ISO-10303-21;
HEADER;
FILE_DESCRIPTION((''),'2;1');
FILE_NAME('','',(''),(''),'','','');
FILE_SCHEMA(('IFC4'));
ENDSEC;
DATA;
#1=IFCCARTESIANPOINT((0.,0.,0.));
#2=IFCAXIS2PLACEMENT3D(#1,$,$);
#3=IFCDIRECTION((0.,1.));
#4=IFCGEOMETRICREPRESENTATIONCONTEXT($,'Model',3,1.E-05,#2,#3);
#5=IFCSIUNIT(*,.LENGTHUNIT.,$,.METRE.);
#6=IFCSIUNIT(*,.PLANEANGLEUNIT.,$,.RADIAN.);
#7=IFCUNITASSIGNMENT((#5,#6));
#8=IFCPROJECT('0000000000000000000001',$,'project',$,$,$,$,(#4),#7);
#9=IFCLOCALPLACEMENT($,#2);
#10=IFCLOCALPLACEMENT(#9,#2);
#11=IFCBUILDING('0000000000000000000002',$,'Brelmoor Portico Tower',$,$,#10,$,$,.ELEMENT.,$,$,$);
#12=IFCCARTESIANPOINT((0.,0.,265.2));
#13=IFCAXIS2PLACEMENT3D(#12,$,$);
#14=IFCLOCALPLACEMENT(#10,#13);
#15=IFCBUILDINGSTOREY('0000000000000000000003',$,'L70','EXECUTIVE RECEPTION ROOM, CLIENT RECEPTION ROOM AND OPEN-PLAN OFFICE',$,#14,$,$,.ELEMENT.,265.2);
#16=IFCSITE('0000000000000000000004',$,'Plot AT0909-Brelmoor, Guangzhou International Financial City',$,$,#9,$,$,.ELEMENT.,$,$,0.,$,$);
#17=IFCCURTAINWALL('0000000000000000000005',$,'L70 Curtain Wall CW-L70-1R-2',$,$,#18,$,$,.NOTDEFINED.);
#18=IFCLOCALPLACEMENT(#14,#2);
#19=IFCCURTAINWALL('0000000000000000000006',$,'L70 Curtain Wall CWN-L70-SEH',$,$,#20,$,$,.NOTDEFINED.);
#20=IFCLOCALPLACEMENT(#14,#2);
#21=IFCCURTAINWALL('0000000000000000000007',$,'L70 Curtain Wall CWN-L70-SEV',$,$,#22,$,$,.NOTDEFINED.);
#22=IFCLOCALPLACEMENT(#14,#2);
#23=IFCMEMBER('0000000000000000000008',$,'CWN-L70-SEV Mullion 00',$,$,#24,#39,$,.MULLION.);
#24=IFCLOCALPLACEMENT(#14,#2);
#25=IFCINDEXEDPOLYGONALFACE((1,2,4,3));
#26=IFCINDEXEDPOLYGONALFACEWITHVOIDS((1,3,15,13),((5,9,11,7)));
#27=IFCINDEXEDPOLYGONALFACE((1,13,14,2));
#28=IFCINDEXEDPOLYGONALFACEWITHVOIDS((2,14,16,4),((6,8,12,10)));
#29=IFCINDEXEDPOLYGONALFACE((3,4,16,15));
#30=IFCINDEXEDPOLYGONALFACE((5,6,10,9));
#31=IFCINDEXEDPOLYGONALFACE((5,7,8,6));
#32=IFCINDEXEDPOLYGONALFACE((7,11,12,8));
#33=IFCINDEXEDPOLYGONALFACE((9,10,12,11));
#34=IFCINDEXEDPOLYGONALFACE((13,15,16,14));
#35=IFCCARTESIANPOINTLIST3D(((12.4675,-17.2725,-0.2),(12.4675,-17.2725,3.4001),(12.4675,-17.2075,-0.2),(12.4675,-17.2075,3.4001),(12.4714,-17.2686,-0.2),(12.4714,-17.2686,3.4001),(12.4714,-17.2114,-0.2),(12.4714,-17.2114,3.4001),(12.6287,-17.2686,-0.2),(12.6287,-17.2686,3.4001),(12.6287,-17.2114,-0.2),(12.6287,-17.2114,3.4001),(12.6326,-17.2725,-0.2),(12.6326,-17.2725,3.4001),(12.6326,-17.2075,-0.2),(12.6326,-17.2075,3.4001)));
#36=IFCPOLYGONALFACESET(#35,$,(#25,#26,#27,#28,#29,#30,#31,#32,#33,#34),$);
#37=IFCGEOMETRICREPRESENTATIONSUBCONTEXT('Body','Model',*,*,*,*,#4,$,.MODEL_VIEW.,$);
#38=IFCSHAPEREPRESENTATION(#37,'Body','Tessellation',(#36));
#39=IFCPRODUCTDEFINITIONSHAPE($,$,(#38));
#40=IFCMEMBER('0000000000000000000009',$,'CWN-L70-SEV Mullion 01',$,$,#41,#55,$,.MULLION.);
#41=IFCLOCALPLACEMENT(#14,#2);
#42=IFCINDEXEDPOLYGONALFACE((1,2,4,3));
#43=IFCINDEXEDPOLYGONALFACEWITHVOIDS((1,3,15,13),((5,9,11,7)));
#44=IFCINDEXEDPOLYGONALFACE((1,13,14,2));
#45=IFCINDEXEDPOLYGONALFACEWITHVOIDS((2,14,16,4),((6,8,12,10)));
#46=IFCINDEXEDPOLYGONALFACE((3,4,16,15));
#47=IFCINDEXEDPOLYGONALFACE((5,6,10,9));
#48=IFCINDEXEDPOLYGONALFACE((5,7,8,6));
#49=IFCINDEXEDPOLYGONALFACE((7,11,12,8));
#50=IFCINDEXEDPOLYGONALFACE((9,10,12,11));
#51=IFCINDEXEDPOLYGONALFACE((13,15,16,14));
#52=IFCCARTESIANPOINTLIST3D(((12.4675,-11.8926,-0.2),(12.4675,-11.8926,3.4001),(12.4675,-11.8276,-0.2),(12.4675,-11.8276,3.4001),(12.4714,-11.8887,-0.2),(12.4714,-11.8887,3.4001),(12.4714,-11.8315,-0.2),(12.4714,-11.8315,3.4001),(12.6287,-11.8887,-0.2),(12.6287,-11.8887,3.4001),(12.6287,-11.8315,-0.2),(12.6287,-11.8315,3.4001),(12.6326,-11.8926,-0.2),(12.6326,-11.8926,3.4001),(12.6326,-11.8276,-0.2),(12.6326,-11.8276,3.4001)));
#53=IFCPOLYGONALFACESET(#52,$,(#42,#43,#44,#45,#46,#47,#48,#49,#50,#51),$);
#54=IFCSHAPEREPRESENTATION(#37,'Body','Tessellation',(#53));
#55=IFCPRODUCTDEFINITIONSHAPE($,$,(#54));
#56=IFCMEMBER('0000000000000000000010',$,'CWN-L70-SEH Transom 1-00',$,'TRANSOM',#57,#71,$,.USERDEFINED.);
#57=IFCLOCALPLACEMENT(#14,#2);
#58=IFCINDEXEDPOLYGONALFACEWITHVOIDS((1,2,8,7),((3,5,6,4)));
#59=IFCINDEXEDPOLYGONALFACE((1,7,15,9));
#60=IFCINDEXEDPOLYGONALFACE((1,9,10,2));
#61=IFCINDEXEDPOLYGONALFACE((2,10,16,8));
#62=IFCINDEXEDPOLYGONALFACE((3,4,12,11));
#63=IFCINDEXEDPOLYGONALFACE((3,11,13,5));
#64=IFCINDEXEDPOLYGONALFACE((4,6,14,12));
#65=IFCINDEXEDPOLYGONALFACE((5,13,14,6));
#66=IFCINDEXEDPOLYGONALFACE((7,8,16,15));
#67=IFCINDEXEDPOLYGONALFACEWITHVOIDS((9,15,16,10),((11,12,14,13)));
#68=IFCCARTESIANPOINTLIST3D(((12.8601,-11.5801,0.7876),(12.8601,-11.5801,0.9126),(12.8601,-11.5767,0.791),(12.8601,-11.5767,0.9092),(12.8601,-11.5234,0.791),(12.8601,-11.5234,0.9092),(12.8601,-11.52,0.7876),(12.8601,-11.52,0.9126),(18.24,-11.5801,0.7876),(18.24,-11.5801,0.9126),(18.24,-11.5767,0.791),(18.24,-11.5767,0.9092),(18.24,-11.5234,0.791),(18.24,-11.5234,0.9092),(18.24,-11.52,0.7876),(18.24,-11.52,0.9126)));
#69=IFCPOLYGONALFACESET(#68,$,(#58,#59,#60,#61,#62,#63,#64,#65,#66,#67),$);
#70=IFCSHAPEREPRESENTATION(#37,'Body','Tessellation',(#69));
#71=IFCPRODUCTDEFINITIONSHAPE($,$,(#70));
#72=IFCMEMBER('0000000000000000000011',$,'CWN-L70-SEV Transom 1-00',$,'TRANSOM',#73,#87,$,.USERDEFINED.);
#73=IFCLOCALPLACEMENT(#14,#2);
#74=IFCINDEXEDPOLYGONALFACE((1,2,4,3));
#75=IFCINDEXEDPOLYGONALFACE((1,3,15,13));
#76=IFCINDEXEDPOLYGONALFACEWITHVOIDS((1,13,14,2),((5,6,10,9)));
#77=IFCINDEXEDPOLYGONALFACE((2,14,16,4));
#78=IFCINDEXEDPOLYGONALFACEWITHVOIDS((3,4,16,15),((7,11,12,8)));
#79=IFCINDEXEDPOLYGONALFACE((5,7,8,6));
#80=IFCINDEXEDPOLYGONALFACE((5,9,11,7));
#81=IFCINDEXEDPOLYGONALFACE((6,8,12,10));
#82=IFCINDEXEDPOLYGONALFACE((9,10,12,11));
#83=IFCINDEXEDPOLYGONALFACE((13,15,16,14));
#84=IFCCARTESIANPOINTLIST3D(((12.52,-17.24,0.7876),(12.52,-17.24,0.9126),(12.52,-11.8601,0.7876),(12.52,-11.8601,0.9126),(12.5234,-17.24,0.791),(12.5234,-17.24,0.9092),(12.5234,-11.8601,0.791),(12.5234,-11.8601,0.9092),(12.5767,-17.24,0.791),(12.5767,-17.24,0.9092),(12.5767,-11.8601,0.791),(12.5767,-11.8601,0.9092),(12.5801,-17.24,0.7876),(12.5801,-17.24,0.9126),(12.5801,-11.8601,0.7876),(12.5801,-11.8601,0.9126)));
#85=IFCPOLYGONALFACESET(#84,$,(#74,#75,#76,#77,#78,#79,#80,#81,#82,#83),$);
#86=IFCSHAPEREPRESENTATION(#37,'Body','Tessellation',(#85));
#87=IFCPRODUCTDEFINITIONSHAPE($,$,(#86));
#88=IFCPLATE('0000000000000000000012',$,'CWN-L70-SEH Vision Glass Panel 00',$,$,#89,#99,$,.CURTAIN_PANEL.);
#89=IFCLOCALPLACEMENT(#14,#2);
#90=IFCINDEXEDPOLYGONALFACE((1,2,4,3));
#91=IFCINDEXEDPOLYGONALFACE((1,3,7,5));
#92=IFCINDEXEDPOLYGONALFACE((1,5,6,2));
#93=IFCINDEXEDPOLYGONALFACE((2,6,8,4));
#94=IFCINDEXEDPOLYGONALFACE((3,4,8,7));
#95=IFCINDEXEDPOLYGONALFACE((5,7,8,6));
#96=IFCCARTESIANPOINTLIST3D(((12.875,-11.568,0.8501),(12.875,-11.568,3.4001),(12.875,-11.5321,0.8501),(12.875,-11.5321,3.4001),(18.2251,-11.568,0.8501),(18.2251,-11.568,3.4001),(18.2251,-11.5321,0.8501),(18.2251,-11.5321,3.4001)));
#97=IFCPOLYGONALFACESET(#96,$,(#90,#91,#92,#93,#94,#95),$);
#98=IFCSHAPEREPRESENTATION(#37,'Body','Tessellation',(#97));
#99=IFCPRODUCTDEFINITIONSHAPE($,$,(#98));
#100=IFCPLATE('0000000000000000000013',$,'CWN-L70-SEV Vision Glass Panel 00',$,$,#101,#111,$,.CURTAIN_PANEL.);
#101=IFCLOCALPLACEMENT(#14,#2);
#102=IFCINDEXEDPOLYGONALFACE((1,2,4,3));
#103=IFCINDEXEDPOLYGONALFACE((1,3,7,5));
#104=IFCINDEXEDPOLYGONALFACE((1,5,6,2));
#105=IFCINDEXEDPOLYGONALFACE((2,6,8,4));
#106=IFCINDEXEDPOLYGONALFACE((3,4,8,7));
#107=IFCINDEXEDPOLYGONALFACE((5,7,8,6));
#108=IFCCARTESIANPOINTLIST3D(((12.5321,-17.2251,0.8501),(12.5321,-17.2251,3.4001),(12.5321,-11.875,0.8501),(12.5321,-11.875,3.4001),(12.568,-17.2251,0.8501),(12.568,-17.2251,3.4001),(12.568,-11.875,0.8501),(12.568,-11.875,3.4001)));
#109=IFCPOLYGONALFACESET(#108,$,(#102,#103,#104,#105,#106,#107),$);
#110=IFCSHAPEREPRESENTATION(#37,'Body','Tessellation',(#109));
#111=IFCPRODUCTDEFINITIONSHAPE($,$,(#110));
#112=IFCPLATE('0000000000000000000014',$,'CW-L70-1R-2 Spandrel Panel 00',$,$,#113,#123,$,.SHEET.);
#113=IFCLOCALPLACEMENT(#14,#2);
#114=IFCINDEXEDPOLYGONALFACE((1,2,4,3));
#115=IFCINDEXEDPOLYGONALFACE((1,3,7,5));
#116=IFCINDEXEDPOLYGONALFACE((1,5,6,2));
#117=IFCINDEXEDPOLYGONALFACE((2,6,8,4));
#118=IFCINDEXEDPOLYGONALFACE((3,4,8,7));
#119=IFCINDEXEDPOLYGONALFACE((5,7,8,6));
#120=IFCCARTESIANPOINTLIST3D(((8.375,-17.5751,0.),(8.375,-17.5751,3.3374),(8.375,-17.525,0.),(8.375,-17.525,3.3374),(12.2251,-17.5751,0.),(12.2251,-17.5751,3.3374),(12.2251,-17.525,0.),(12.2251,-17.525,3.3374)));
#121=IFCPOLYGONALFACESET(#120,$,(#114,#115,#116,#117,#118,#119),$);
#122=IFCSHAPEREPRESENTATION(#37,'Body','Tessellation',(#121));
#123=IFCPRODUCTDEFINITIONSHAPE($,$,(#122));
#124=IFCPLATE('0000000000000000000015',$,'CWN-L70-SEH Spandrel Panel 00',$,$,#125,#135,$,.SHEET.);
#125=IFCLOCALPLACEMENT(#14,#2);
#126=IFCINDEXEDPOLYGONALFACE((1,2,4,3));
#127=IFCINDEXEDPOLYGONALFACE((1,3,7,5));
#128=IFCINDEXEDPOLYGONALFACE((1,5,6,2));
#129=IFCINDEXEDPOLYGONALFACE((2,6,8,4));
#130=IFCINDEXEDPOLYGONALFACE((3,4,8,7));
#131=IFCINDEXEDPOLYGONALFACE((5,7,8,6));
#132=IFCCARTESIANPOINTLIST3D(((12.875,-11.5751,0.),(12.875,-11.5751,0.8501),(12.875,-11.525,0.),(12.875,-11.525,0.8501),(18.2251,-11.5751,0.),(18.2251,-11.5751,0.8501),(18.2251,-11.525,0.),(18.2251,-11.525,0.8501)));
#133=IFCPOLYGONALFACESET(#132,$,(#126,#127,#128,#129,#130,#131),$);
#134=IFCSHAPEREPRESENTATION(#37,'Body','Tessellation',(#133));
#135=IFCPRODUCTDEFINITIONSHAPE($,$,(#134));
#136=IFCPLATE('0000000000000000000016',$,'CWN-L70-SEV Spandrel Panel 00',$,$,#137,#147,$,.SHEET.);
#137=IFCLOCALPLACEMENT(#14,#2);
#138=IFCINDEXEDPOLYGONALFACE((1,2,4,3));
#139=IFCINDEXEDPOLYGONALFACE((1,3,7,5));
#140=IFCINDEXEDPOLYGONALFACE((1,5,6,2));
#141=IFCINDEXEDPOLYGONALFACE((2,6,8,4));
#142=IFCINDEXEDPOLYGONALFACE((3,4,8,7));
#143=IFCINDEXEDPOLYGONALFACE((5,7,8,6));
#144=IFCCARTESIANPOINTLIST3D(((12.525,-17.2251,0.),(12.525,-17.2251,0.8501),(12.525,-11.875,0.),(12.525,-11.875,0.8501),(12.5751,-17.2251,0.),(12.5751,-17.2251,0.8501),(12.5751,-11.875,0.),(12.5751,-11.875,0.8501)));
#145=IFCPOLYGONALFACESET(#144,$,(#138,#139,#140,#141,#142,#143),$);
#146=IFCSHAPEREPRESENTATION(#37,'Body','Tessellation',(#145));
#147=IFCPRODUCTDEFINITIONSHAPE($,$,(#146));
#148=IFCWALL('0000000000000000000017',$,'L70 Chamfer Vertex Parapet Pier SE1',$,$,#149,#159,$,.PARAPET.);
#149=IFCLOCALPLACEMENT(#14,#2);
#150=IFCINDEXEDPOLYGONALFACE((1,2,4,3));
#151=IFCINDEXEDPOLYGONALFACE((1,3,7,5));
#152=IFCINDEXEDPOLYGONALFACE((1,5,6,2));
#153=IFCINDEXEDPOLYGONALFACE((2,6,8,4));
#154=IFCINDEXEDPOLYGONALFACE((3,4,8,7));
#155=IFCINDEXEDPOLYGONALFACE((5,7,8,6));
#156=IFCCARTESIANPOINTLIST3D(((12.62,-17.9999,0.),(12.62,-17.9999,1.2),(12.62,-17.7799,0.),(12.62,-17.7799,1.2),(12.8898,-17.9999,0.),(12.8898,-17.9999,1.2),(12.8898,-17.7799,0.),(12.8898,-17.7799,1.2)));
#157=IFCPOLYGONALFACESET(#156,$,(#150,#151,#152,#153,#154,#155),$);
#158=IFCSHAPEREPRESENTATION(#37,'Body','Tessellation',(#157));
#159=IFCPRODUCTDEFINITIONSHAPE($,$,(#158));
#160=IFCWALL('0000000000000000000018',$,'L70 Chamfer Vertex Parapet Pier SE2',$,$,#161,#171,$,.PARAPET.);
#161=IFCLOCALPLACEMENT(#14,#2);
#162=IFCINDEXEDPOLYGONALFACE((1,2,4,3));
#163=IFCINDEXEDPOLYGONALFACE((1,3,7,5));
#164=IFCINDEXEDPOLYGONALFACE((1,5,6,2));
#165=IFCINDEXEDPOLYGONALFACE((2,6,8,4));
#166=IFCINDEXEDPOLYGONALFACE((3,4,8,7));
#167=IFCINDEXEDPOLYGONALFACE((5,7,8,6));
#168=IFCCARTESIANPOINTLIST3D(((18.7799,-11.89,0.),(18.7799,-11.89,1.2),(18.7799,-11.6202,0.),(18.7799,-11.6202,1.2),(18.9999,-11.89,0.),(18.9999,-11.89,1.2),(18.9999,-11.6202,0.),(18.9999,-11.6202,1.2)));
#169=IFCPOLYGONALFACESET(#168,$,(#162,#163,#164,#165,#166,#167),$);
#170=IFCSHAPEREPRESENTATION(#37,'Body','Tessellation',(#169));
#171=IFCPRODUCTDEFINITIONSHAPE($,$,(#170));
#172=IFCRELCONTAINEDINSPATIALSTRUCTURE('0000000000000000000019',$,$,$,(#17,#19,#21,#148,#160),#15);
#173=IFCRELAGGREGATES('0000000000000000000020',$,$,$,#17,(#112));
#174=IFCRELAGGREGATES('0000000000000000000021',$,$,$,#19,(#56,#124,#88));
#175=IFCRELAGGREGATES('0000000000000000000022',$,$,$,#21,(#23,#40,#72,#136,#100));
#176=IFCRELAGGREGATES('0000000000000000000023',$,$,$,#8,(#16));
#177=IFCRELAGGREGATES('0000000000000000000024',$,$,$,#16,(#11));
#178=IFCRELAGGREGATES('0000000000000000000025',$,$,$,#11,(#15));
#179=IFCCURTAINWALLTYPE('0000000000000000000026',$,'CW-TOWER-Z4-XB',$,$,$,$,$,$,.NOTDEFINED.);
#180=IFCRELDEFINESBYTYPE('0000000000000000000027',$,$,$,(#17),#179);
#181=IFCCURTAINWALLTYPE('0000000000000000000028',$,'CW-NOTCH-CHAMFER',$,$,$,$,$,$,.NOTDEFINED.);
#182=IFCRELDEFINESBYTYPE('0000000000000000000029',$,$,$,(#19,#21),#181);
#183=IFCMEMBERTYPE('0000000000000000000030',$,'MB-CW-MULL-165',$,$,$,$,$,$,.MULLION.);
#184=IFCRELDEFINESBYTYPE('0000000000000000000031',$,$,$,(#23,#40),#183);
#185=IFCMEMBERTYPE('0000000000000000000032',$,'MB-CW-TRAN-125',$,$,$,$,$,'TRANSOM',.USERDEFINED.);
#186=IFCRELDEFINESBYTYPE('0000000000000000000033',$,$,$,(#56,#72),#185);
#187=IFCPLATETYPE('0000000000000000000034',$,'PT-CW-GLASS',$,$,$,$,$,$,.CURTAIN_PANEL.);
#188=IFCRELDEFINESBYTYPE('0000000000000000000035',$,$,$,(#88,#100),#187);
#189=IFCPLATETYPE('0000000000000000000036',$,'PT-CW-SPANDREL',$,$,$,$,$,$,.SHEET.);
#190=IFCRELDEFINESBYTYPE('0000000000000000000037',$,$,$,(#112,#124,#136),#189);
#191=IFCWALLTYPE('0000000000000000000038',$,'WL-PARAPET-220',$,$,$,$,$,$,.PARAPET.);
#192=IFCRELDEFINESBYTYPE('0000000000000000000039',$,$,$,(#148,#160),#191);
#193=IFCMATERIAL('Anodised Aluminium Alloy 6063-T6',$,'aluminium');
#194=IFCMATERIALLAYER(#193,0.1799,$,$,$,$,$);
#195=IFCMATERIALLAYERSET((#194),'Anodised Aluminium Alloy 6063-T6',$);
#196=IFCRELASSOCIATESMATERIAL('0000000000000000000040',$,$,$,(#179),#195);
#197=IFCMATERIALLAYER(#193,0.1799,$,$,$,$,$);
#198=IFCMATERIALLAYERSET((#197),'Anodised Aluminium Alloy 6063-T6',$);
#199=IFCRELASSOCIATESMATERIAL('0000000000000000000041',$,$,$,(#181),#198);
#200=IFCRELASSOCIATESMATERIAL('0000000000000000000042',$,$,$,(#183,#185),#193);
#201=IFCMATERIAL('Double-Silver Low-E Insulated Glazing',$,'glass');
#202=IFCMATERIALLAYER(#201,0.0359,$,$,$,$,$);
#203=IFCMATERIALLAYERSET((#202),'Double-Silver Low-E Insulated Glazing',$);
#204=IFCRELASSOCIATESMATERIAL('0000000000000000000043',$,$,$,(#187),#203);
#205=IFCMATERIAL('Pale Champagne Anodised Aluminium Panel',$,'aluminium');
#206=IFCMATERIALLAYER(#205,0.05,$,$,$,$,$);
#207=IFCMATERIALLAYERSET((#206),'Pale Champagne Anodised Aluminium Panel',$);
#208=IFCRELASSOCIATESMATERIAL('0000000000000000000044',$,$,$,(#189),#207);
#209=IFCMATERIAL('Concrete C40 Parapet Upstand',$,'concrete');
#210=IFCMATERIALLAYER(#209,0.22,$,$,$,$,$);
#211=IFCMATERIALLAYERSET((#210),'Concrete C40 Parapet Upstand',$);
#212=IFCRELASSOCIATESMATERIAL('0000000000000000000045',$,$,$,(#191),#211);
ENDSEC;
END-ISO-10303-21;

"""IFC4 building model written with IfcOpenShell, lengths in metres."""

from ifc_helpers import new_model, si_unit, direction, frame, frame_2d, origin, origin_2d, place, context, subcontext, project, spatial, rectangle, hollow_rectangle, extrude, material, layer, layer_set, material_profile, profile_set, type_object, element, aggregate, save


model = new_model("IFC4")

# Units and contexts
model_context = context("Model", 3, precision=1e-05, world=origin(), true_north=direction((0.0, 1.0)))
body_context = subcontext(model_context, "Body", "Model", "MODEL_VIEW")
ifc_project = project(units=[si_unit("LENGTHUNIT", "METRE"), si_unit("PLANEANGLEUNIT", "RADIAN")], contexts=[model_context])

# Site, building, storey
site_placement = place(None, origin())
site = spatial("IfcSite", under=ifc_project, at=site_placement, Name="Plot AT0909-Brelmoor, Guangzhou International Financial City", CompositionType="ELEMENT", RefElevation=0.0)
building_placement = place(site_placement, origin())
building = spatial("IfcBuilding", under=site, at=building_placement, Name="Brelmoor Portico Tower", CompositionType="ELEMENT")
storey_placement = place(building_placement, frame((0.0, 0.0, 265.2)))
storey = spatial("IfcBuildingStorey", under=building, at=storey_placement, Name="L70", Description="EXECUTIVE RECEPTION ROOM, CLIENT RECEPTION ROOM AND OPEN-PLAN OFFICE", CompositionType="ELEMENT", Elevation=265.2)

# Curtain wall
ifc_material_1 = material(Name="Anodised Aluminium Alloy 6063-T6", Category="aluminium")
ifc_layer_1 = layer(ifc_material_1, 0.1799)
ifc_layer_set_1 = layer_set([ifc_layer_1], Name="Anodised Aluminium Alloy 6063-T6")
curtain_wall_type_1 = type_object("IfcCurtainWallType", Name="CW-TOWER-Z4-XB", PredefinedType="NOTDEFINED", material=ifc_layer_set_1)
curtain_wall_1_placement = place(storey_placement, origin())
curtain_wall_1 = element("IfcCurtainWall", 1, at=curtain_wall_1_placement, inside=storey, type_object=curtain_wall_type_1, Name="L70 Curtain Wall CW-L70-1R-2", PredefinedType="NOTDEFINED")

# Curtain walls, members
ifc_layer_2 = layer(ifc_material_1, 0.1799)
ifc_layer_set_2 = layer_set([ifc_layer_2], Name="Anodised Aluminium Alloy 6063-T6")
curtain_wall_type_2 = type_object("IfcCurtainWallType", Name="CW-NOTCH-CHAMFER", PredefinedType="NOTDEFINED", material=ifc_layer_set_2)
curtain_wall_2_placement = place(storey_placement, origin())
curtain_wall_2 = element("IfcCurtainWall", 2, at=curtain_wall_2_placement, inside=storey, type_object=curtain_wall_type_2, Name="L70 Curtain Wall CWN-L70-SEH", PredefinedType="NOTDEFINED")
ifc_material_profile_1 = material_profile(ifc_material_1, hollow_rectangle(XDim=0.0649, YDim=0.165, WallThickness=0.0039, at=origin_2d()), Name="ALU MULLION 65x165")
ifc_profile_set_1 = profile_set([ifc_material_profile_1], Name="Anodised Aluminium Alloy 6063-T6")
member_type_1 = type_object("IfcMemberType", Name="MB-CW-MULL-165", PredefinedType="MULLION", material=ifc_profile_set_1)
curtain_wall_3_placement = place(storey_placement, origin())
curtain_wall_3 = element("IfcCurtainWall", 3, at=curtain_wall_3_placement, inside=storey, type_object=curtain_wall_type_2, Name="L70 Curtain Wall CWN-L70-SEV", PredefinedType="NOTDEFINED")
member_1_placement = place(storey_placement, frame((12.55, -17.24, -0.2), z_axis=(0.0, 0.0, 1.0), x_axis=(0.0, 1.0, 0.0)))
member_1 = element("IfcMember", 4, at=member_1_placement, type_object=member_type_1, Name="CWN-L70-SEV Mullion 00", PredefinedType="MULLION", context=body_context, shape_type="SweptSolid", body=[
    extrude(hollow_rectangle(XDim=0.0649, YDim=0.165, WallThickness=0.0039, at=origin_2d()), origin(), (0.0, 0.0, 1.0), 3.6001),
])
member_2_placement = place(storey_placement, frame((12.55, -11.8601, -0.2), z_axis=(0.0, 0.0, 1.0), x_axis=(0.0, 1.0, 0.0)))
member_2 = element("IfcMember", 5, at=member_2_placement, type_object=member_type_1, Name="CWN-L70-SEV Mullion 01", PredefinedType="MULLION", context=body_context, shape_type="SweptSolid", body=[
    extrude(hollow_rectangle(XDim=0.0649, YDim=0.165, WallThickness=0.0039, at=origin_2d()), origin(), (0.0, 0.0, 1.0), 3.6001),
])

# Members
ifc_material_profile_2 = material_profile(ifc_material_1, hollow_rectangle(XDim=0.0601, YDim=0.125, WallThickness=0.0034, at=origin_2d()), Name="ALU TRANSOM 60x125")
ifc_profile_set_2 = profile_set([ifc_material_profile_2], Name="Anodised Aluminium Alloy 6063-T6")
member_type_2 = type_object("IfcMemberType", Name="MB-CW-TRAN-125", ElementType="TRANSOM", PredefinedType="USERDEFINED", material=ifc_profile_set_2)
member_3_placement = place(storey_placement, frame((12.8601, -11.55, 0.8501), z_axis=(1.0, 0.0, 0.0), x_axis=(0.0, 1.0, 0.0)))
member_3 = element("IfcMember", 6, at=member_3_placement, type_object=member_type_2, Name="CWN-L70-SEH Transom 1-00", ObjectType="TRANSOM", PredefinedType="USERDEFINED", context=body_context, shape_type="SweptSolid", body=[
    extrude(hollow_rectangle(XDim=0.0601, YDim=0.125, WallThickness=0.0034, at=origin_2d()), origin(), (0.0, 0.0, 1.0), 5.3799),
])
member_4_placement = place(storey_placement, frame((12.55, -17.24, 0.8501), z_axis=(0.0, 1.0, 0.0), x_axis=(-1.0, 0.0, 0.0)))
member_4 = element("IfcMember", 7, at=member_4_placement, type_object=member_type_2, Name="CWN-L70-SEV Transom 1-00", ObjectType="TRANSOM", PredefinedType="USERDEFINED", context=body_context, shape_type="SweptSolid", body=[
    extrude(hollow_rectangle(XDim=0.0601, YDim=0.125, WallThickness=0.0034, at=origin_2d()), origin(), (0.0, 0.0, 1.0), 5.3799),
])

# Plates
ifc_material_2 = material(Name="Double-Silver Low-E Insulated Glazing", Category="glass")
ifc_layer_3 = layer(ifc_material_2, 0.0359)
ifc_layer_set_3 = layer_set([ifc_layer_3], Name="Double-Silver Low-E Insulated Glazing")
plate_type_1 = type_object("IfcPlateType", Name="PT-CW-GLASS", PredefinedType="CURTAIN_PANEL", material=ifc_layer_set_3)
plate_1_placement = place(storey_placement, frame((15.55, -11.55, 0.8501), z_axis=(0.0, 0.0, 1.0), x_axis=(1.0, 0.0, 0.0)))
plate_1 = element("IfcPlate", 8, at=plate_1_placement, type_object=plate_type_1, Name="CWN-L70-SEH Vision Glass Panel 00", PredefinedType="CURTAIN_PANEL", context=body_context, shape_type="SweptSolid", body=[
    extrude(rectangle(XDim=5.3501, YDim=0.0359, at=origin_2d()), origin(), (0.0, 0.0, 1.0), 2.55),
])
plate_2_placement = place(storey_placement, frame((12.55, -14.55, 0.8501), z_axis=(0.0, 0.0, 1.0), x_axis=(0.0, 1.0, 0.0)))
plate_2 = element("IfcPlate", 9, at=plate_2_placement, type_object=plate_type_1, Name="CWN-L70-SEV Vision Glass Panel 00", PredefinedType="CURTAIN_PANEL", context=body_context, shape_type="SweptSolid", body=[
    extrude(rectangle(XDim=5.3501, YDim=0.0359, at=origin_2d()), origin(), (0.0, 0.0, 1.0), 2.55),
])
ifc_material_3 = material(Name="Pale Champagne Anodised Aluminium Panel", Category="aluminium")
ifc_layer_4 = layer(ifc_material_3, 0.05)
ifc_layer_set_4 = layer_set([ifc_layer_4], Name="Pale Champagne Anodised Aluminium Panel")
plate_type_2 = type_object("IfcPlateType", Name="PT-CW-SPANDREL", PredefinedType="SHEET", material=ifc_layer_set_4)
plate_3_placement = place(storey_placement, frame((10.3, -17.55, 0.0), z_axis=(0.0, 0.0, 1.0), x_axis=(1.0, 0.0, 0.0)))
plate_3 = element("IfcPlate", 10, at=plate_3_placement, type_object=plate_type_2, Name="CW-L70-1R-2 Spandrel Panel 00", PredefinedType="SHEET", context=body_context, shape_type="SweptSolid", body=[
    extrude(rectangle(XDim=3.8501, YDim=0.05, at=origin_2d()), origin(), (0.0, 0.0, 1.0), 3.3374),
])
aggregate(curtain_wall_1, [plate_3])
plate_4_placement = place(storey_placement, frame((15.55, -11.55, 0.0), z_axis=(0.0, 0.0, 1.0), x_axis=(1.0, 0.0, 0.0)))
plate_4 = element("IfcPlate", 11, at=plate_4_placement, type_object=plate_type_2, Name="CWN-L70-SEH Spandrel Panel 00", PredefinedType="SHEET", context=body_context, shape_type="SweptSolid", body=[
    extrude(rectangle(XDim=5.3501, YDim=0.05, at=origin_2d()), origin(), (0.0, 0.0, 1.0), 0.8501),
])
aggregate(curtain_wall_2, [member_3, plate_4, plate_1])
plate_5_placement = place(storey_placement, frame((12.55, -14.55, 0.0), z_axis=(0.0, 0.0, 1.0), x_axis=(0.0, 1.0, 0.0)))
plate_5 = element("IfcPlate", 12, at=plate_5_placement, type_object=plate_type_2, Name="CWN-L70-SEV Spandrel Panel 00", PredefinedType="SHEET", context=body_context, shape_type="SweptSolid", body=[
    extrude(rectangle(XDim=5.3501, YDim=0.05, at=origin_2d()), origin(), (0.0, 0.0, 1.0), 0.8501),
])
aggregate(curtain_wall_3, [member_1, member_2, member_4, plate_5, plate_2])

# Walls
ifc_material_4 = material(Name="Concrete C40 Parapet Upstand", Category="concrete")
ifc_layer_5 = layer(ifc_material_4, 0.22)
ifc_layer_set_5 = layer_set([ifc_layer_5], Name="Concrete C40 Parapet Upstand")
wall_type = type_object("IfcWallType", Name="WL-PARAPET-220", PredefinedType="PARAPET", material=ifc_layer_set_5)
for number, where, z_axis, x_axis, name in (
    (13, (12.6201, -17.8899, 0.0), (0.0, 0.0, 1.0), (1.0, 0.0, 0.0), "L70 Chamfer Vertex Parapet Pier SE1"),
    (14, (18.8899, -11.8899, 0.0), (0.0, 0.0, 1.0), (0.0, 1.0, 0.0), "L70 Chamfer Vertex Parapet Pier SE2"),
):
    element("IfcWall", number, at=place(storey_placement, frame(where, z_axis=z_axis, x_axis=x_axis)), inside=storey, type_object=wall_type, Name=name, PredefinedType="PARAPET", context=body_context, shape_type="SweptSolid", body=[
        extrude(rectangle(XDim=0.2698, YDim=0.22, at=frame_2d((0.1348, 0.0))), origin(), (0.0, 0.0, 1.0), 1.2),
    ])

save(model, "model.ifc")
